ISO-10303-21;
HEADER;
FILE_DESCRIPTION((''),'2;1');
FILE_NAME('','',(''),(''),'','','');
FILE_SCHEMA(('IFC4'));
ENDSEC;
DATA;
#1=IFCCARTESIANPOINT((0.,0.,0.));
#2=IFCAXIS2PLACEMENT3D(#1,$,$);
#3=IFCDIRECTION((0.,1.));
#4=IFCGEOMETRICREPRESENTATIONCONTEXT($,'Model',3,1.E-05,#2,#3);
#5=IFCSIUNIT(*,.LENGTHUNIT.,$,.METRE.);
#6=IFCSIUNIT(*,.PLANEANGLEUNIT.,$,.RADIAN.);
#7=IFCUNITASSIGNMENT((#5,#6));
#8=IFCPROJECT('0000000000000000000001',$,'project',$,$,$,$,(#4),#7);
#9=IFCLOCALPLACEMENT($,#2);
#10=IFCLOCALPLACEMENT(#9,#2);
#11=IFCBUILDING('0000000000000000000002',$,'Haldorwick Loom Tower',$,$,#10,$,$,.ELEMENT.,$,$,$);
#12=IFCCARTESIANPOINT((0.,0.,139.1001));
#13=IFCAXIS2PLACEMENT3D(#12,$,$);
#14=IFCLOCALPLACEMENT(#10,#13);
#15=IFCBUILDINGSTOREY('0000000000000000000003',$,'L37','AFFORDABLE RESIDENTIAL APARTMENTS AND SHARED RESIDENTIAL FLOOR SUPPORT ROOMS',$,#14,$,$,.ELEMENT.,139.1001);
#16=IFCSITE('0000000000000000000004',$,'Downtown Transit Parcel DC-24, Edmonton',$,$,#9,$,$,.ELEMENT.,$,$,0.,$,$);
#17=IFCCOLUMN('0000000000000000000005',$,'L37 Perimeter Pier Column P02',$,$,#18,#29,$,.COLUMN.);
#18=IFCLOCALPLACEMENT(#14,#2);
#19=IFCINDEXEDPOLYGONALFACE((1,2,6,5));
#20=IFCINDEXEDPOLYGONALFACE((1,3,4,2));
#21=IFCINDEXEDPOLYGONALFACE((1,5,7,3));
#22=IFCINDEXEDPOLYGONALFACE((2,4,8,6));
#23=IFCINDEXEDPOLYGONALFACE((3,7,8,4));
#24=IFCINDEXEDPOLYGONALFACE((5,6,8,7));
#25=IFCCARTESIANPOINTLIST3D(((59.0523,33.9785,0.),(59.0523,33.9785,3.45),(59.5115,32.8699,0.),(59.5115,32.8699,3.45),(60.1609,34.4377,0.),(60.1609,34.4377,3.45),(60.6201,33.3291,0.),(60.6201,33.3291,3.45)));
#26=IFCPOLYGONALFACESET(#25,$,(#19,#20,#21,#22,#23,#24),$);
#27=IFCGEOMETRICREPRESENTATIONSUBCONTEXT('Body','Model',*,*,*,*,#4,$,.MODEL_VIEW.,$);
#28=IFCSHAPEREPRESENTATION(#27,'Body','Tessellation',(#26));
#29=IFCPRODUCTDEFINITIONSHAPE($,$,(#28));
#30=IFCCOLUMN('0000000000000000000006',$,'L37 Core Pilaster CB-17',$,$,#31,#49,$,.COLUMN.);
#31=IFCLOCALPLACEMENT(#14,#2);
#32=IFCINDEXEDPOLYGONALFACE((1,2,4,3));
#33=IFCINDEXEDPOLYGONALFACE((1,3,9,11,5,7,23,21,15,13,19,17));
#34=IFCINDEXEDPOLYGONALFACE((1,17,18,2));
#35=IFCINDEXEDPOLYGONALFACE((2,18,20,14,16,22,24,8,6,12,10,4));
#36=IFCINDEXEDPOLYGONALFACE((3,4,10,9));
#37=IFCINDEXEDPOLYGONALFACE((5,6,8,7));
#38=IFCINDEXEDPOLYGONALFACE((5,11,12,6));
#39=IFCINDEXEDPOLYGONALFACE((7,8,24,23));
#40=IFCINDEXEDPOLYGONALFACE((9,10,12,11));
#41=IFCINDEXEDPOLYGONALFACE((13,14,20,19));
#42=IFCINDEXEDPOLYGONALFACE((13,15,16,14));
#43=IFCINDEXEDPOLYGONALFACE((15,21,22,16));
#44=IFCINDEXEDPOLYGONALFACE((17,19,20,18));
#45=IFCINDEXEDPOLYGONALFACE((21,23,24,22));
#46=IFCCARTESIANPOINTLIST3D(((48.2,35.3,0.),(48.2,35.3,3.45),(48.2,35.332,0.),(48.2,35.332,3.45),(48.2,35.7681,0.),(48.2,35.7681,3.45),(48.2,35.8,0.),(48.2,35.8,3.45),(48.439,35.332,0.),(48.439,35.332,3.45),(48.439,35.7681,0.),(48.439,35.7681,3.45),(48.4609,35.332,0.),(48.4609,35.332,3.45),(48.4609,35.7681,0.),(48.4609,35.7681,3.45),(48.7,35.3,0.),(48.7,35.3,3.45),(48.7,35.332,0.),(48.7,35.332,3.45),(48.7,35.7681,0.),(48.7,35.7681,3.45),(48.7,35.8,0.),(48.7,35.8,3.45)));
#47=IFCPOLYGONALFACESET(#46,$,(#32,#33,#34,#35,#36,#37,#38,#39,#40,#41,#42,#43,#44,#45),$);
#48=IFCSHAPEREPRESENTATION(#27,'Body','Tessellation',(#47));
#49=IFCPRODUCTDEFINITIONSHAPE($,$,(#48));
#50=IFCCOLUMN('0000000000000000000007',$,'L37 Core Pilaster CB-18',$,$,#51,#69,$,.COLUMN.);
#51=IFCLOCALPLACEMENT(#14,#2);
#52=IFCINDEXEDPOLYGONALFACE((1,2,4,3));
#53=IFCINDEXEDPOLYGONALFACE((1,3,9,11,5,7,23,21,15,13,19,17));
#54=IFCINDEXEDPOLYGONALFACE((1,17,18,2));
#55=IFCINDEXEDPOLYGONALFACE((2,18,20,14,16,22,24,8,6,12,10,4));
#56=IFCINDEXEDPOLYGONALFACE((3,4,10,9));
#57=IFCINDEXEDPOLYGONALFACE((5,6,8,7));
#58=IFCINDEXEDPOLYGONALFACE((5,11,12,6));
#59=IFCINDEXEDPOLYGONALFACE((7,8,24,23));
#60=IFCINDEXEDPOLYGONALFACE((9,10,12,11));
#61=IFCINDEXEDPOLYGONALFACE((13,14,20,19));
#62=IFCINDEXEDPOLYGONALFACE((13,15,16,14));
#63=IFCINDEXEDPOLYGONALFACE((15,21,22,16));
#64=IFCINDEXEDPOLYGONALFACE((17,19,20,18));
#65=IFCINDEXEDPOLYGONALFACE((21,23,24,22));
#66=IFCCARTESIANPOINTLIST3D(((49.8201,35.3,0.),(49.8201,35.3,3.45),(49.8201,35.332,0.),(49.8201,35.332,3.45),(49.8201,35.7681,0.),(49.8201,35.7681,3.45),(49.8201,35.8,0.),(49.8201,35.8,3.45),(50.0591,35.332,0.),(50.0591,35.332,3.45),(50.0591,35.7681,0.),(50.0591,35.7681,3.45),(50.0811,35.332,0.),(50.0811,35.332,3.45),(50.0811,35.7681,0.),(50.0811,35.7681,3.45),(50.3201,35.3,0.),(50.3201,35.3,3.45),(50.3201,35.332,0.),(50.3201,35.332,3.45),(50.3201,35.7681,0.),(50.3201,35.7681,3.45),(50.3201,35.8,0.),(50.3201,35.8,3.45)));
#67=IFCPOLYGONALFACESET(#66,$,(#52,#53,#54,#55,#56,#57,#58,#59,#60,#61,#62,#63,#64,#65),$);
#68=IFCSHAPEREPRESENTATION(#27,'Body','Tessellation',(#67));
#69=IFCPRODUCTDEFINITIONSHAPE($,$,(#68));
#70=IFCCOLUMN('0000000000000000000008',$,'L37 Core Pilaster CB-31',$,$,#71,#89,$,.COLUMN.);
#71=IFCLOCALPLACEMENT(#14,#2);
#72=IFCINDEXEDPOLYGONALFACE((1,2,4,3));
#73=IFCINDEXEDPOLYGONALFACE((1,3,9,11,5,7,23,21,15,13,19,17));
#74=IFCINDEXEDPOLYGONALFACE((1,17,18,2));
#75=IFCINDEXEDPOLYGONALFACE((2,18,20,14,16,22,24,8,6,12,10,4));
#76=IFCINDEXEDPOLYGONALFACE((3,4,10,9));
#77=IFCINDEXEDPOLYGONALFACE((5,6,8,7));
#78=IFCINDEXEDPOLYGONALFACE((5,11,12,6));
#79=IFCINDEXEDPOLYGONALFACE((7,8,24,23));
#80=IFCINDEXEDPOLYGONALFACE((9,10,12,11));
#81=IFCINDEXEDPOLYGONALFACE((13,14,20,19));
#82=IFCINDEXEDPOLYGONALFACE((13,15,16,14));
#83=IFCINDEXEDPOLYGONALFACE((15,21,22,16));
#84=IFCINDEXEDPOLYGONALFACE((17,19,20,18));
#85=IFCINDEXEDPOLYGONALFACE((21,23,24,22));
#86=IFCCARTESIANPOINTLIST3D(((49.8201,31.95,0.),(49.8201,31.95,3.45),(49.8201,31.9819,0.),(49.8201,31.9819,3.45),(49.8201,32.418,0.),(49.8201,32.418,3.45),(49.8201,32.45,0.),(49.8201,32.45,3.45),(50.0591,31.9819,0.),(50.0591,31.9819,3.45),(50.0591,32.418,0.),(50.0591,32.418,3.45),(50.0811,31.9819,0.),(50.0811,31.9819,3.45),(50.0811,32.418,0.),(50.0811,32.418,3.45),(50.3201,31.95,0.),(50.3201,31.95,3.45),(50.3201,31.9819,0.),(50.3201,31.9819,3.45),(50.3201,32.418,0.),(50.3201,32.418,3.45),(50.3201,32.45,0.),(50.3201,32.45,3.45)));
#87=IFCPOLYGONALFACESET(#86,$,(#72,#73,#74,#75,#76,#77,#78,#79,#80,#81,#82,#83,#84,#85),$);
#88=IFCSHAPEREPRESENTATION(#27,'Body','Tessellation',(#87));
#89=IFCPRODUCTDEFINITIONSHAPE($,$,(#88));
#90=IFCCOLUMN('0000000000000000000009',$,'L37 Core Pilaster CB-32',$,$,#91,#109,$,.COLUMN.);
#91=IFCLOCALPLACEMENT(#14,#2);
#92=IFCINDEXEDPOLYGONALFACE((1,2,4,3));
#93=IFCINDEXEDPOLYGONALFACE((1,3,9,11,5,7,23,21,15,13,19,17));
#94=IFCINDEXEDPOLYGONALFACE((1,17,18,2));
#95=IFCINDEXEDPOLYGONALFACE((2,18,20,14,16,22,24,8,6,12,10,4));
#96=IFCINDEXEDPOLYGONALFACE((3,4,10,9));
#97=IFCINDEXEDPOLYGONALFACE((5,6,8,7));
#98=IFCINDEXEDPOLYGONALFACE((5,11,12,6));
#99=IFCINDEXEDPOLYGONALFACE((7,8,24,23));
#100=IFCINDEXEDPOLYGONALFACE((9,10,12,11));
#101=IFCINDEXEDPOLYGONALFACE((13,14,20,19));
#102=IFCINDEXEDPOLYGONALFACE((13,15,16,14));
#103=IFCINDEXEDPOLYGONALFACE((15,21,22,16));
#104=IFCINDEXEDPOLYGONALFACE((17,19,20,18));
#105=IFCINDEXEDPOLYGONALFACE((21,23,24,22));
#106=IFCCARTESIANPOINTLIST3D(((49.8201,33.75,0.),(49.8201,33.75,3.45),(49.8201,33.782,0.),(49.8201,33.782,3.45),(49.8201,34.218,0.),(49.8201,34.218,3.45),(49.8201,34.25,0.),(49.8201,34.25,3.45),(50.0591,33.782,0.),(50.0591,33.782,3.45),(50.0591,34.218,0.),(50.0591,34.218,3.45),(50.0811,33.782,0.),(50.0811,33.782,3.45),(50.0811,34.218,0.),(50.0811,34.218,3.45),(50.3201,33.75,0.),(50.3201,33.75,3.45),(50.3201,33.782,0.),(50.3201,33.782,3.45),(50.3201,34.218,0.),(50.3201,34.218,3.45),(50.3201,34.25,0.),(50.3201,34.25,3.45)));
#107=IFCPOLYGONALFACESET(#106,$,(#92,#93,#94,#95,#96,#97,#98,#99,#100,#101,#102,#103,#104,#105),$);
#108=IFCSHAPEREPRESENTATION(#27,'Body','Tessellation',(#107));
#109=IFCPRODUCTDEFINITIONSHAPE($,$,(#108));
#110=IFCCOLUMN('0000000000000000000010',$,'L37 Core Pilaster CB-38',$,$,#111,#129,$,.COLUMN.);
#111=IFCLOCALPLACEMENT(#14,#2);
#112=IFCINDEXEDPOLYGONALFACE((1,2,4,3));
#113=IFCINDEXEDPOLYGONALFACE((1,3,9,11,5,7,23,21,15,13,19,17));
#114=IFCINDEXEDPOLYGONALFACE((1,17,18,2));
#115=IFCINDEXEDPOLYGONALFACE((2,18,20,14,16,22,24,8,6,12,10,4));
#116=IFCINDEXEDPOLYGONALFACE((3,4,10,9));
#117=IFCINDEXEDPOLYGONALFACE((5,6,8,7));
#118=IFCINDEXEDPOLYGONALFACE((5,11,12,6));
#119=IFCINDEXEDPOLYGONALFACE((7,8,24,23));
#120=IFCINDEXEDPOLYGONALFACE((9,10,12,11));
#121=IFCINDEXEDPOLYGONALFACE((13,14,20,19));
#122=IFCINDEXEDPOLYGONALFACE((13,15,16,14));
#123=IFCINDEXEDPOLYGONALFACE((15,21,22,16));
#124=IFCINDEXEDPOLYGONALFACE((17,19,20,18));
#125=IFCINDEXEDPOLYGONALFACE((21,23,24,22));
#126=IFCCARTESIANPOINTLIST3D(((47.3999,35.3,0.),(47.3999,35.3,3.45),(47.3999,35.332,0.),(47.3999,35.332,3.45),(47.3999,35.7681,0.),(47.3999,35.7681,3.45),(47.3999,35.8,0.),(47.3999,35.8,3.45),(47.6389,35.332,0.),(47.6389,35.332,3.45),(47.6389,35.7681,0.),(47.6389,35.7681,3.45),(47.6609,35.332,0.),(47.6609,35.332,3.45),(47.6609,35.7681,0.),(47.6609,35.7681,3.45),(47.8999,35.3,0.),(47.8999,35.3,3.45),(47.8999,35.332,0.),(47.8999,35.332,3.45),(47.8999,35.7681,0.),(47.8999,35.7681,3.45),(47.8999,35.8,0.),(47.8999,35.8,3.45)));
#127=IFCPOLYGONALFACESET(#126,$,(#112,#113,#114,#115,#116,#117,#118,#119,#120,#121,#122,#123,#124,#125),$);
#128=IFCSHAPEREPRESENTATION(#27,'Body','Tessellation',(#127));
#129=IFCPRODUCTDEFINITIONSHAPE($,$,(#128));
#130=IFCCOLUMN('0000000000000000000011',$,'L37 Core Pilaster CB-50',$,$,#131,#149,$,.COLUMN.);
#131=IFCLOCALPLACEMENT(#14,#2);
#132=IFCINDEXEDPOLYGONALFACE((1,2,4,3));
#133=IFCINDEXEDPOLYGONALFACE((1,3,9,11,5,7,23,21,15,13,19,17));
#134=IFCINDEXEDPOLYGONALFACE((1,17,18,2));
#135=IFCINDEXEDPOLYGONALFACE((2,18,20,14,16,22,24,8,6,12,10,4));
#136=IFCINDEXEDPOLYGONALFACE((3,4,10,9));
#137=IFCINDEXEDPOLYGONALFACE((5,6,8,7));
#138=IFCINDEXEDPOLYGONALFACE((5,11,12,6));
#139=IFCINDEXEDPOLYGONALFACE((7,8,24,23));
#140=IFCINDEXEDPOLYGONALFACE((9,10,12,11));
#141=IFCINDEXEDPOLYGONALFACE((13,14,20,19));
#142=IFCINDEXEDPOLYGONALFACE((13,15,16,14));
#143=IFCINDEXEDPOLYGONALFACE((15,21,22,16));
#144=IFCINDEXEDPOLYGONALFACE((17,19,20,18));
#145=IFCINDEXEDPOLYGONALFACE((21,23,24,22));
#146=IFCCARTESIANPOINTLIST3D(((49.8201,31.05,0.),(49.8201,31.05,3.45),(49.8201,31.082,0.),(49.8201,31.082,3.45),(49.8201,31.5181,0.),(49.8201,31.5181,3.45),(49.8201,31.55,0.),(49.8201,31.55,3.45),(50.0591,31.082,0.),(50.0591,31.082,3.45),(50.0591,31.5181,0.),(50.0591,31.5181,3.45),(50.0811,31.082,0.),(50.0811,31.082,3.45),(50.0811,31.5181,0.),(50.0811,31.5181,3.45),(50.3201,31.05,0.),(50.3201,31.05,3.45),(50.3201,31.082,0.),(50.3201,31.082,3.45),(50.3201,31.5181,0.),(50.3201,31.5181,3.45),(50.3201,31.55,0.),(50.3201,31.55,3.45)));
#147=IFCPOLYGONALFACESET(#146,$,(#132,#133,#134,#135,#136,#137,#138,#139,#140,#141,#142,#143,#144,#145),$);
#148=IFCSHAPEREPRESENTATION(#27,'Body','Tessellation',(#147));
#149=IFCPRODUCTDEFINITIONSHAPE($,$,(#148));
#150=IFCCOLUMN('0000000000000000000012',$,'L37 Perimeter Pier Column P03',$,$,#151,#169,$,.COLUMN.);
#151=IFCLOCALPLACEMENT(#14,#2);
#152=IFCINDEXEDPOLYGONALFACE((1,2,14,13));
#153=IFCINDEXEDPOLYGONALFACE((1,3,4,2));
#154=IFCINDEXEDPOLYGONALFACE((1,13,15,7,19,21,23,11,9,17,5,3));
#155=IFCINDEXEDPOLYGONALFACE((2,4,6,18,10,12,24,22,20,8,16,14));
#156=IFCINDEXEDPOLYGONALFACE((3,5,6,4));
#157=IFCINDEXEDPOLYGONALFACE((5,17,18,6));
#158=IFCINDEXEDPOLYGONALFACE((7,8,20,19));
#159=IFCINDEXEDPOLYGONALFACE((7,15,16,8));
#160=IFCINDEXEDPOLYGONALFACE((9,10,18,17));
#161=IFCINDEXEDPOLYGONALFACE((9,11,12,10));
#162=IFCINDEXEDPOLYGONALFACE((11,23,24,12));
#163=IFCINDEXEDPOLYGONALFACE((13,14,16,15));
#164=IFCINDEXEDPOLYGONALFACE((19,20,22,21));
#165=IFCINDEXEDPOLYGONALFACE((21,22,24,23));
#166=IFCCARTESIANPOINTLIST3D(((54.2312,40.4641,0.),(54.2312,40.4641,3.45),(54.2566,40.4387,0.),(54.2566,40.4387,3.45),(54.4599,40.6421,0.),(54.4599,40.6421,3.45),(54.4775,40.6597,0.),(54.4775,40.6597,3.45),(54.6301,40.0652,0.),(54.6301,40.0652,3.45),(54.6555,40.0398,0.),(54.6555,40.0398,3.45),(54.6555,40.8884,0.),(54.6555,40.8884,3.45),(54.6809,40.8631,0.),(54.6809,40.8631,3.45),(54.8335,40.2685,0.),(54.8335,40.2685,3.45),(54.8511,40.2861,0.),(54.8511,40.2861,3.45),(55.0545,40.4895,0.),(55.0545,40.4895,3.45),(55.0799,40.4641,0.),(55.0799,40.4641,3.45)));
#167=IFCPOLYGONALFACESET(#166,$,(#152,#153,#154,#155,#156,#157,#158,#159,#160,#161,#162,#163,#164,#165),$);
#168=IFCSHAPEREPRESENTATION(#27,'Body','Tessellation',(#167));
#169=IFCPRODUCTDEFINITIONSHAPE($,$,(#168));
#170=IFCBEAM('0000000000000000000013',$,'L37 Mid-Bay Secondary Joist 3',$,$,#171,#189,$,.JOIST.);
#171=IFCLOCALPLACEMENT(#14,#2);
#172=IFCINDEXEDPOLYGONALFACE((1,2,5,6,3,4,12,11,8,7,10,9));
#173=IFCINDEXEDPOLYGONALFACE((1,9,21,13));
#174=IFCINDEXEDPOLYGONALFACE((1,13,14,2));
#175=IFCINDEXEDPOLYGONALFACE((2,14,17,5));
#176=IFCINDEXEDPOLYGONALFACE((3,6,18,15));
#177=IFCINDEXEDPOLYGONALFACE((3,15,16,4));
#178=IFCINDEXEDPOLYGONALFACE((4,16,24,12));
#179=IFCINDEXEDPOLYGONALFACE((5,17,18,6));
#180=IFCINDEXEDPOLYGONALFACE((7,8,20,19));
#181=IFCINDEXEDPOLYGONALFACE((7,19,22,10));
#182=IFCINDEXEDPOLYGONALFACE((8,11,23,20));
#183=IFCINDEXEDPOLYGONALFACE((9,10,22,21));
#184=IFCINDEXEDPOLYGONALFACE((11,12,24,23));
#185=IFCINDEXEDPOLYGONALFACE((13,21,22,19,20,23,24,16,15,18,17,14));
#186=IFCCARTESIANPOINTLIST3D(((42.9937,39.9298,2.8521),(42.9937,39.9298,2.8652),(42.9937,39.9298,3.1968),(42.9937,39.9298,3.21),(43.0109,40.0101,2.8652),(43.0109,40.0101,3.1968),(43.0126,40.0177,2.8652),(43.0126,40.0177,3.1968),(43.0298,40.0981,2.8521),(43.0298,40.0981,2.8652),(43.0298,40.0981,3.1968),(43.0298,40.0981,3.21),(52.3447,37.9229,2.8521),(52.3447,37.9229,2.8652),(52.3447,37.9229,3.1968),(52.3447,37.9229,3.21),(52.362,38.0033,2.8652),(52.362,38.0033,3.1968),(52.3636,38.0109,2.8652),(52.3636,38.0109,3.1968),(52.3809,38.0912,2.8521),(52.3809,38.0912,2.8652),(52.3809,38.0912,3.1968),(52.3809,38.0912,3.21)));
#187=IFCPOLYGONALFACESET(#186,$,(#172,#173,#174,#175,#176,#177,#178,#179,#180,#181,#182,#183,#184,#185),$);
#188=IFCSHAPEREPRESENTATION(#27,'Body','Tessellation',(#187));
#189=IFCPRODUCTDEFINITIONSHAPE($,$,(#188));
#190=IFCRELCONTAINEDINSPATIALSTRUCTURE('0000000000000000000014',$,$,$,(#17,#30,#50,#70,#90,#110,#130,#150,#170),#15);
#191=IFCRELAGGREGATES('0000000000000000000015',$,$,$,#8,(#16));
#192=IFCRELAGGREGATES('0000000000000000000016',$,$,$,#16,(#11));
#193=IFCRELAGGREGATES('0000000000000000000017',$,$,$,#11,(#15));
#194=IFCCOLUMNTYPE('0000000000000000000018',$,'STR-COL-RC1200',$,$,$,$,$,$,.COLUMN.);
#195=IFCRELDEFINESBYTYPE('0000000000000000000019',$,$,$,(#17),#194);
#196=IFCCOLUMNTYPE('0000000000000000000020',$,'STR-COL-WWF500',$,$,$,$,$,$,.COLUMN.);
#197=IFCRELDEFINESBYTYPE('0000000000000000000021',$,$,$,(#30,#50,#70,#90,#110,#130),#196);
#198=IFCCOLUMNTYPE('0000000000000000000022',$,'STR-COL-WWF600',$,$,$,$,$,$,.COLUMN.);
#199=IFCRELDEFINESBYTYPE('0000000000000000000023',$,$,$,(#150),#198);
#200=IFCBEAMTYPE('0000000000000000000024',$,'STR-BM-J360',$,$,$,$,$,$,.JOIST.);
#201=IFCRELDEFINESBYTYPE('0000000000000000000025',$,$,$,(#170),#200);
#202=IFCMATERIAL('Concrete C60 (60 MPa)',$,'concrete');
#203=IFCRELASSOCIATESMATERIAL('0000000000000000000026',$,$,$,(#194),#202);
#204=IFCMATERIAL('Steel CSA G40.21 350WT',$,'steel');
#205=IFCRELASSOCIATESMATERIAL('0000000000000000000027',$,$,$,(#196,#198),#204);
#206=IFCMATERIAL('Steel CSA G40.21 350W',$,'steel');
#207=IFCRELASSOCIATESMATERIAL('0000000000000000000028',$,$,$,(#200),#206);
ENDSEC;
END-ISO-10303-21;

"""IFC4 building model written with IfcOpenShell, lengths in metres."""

from ifc_helpers import new_model, si_unit, direction, frame, origin, origin_2d, place, context, subcontext, project, spatial, rectangle, i_section, extrude, material, material_profile, profile_set, type_object, element, save


model = new_model("IFC4")

# Units and contexts
model_context = context("Model", 3, precision=1e-05, world=origin(), true_north=direction((0.0, 1.0)))
body_context = subcontext(model_context, "Body", "Model", "MODEL_VIEW")
ifc_project = project(units=[si_unit("LENGTHUNIT", "METRE"), si_unit("PLANEANGLEUNIT", "RADIAN")], contexts=[model_context])

# Site, building, storey
site_placement = place(None, origin())
site = spatial("IfcSite", under=ifc_project, at=site_placement, Name="Downtown Transit Parcel DC-24, Edmonton", CompositionType="ELEMENT", RefElevation=0.0)
building_placement = place(site_placement, origin())
building = spatial("IfcBuilding", under=site, at=building_placement, Name="Haldorwick Loom Tower", CompositionType="ELEMENT")
storey_placement = place(building_placement, frame((0.0, 0.0, 139.1001)))
storey = spatial("IfcBuildingStorey", under=building, at=storey_placement, Name="L37", Description="AFFORDABLE RESIDENTIAL APARTMENTS AND SHARED RESIDENTIAL FLOOR SUPPORT ROOMS", CompositionType="ELEMENT", Elevation=139.1001)

# Columns
ifc_material_1 = material(Name="Concrete C60 (60 MPa)", Category="concrete")
ifc_material_profile_1 = material_profile(ifc_material_1, rectangle(XDim=1.2, YDim=1.2, at=origin_2d()), Name="RC1200X1200", Category="concrete")
ifc_profile_set_1 = profile_set([ifc_material_profile_1], Name="Concrete C60 (60 MPa)")
column_type_1 = type_object("IfcColumnType", Name="STR-COL-RC1200", PredefinedType="COLUMN", material=ifc_profile_set_1)
column_1_placement = place(storey_placement, frame((59.8362, 33.6538, 0.0), z_axis=(0.0, 0.0, 1.0), x_axis=(0.92388, 0.382683, 0.0)))
element("IfcColumn", 1, at=column_1_placement, inside=storey, type_object=column_type_1, Name="L37 Perimeter Pier Column P02", PredefinedType="COLUMN", context=body_context, shape_type="SweptSolid", body=[
    extrude(rectangle(XDim=1.2, YDim=1.2, at=origin_2d()), origin(), (0.0, 0.0, 1.0), 3.45),
])
ifc_material_2 = material(Name="Steel CSA G40.21 350WT", Category="steel")
ifc_material_profile_2 = material_profile(ifc_material_2, i_section(OverallWidth=0.5, OverallDepth=0.5, WebThickness=0.022, FlangeThickness=0.032, at=origin_2d()), Name="WWF500X500", Category="steel")
ifc_profile_set_2 = profile_set([ifc_material_profile_2], Name="Steel CSA G40.21 350WT")
column_type_2 = type_object("IfcColumnType", Name="STR-COL-WWF500", PredefinedType="COLUMN", material=ifc_profile_set_2)
for number, where, z_axis, x_axis, name in (
    (2, (48.45, 35.55, 0.0), (0.0, 0.0, 1.0), (1.0, 0.0, 0.0), "L37 Core Pilaster CB-17"),
    (3, (50.0701, 35.55, 0.0), (0.0, 0.0, 1.0), (1.0, 0.0, 0.0), "L37 Core Pilaster CB-18"),
    (4, (50.0701, 32.2, 0.0), (0.0, 0.0, 1.0), (1.0, 0.0, 0.0), "L37 Core Pilaster CB-31"),
    (5, (50.0701, 34.0, 0.0), (0.0, 0.0, 1.0), (1.0, 0.0, 0.0), "L37 Core Pilaster CB-32"),
    (6, (47.6499, 35.55, 0.0), (0.0, 0.0, 1.0), (1.0, 0.0, 0.0), "L37 Core Pilaster CB-38"),
    (7, (50.0701, 31.3, 0.0), (0.0, 0.0, 1.0), (1.0, 0.0, 0.0), "L37 Core Pilaster CB-50"),
):
    element("IfcColumn", number, at=place(storey_placement, frame(where, z_axis=z_axis, x_axis=x_axis)), inside=storey, type_object=column_type_2, Name=name, PredefinedType="COLUMN", context=body_context, shape_type="SweptSolid", body=[
        extrude(i_section(OverallWidth=0.5, OverallDepth=0.5, WebThickness=0.022, FlangeThickness=0.032, at=origin_2d()), origin(), (0.0, 0.0, 1.0), 3.45),
    ])
ifc_material_profile_3 = material_profile(ifc_material_2, i_section(OverallWidth=0.6001, OverallDepth=0.6001, WebThickness=0.0249, FlangeThickness=0.0359, at=origin_2d()), Name="WWF600X600", Category="steel")
ifc_profile_set_3 = profile_set([ifc_material_profile_3], Name="Steel CSA G40.21 350WT")
column_type_3 = type_object("IfcColumnType", Name="STR-COL-WWF600", PredefinedType="COLUMN", material=ifc_profile_set_3)
column_2_placement = place(storey_placement, frame((54.6555, 40.4641, 0.0), z_axis=(0.0, 0.0, 1.0), x_axis=(0.707107, 0.707107, 0.0)))
element("IfcColumn", 8, at=column_2_placement, inside=storey, type_object=column_type_3, Name="L37 Perimeter Pier Column P03", PredefinedType="COLUMN", context=body_context, shape_type="SweptSolid", body=[
    extrude(i_section(OverallWidth=0.6001, OverallDepth=0.6001, WebThickness=0.0249, FlangeThickness=0.0359, at=origin_2d()), origin(), (0.0, 0.0, 1.0), 3.45),
])

# Beam
ifc_material_3 = material(Name="Steel CSA G40.21 350W", Category="steel")
ifc_material_profile_4 = material_profile(ifc_material_3, i_section(OverallWidth=0.1721, OverallDepth=0.3579, WebThickness=0.0078, FlangeThickness=0.0132, at=origin_2d()), Name="W360X57", Category="steel")
ifc_profile_set_4 = profile_set([ifc_material_profile_4], Name="Steel CSA G40.21 350W")
beam_type_1 = type_object("IfcBeamType", Name="STR-BM-J360", PredefinedType="JOIST", material=ifc_profile_set_4)
beam_1_placement = place(storey_placement, frame((52.3628, 38.0071, 3.031), z_axis=(-0.977737, 0.209832, 0.0), x_axis=(-0.209832, -0.977737, 0.0)))
element("IfcBeam", 9, at=beam_1_placement, inside=storey, type_object=beam_type_1, Name="L37 Mid-Bay Secondary Joist 3", PredefinedType="JOIST", context=body_context, shape_type="SweptSolid", body=[
    extrude(i_section(OverallWidth=0.1721, OverallDepth=0.3579, WebThickness=0.0078, FlangeThickness=0.0132, at=origin_2d()), origin(), (0.0, 0.0, 1.0), 9.564),
])

save(model, "model.ifc")
